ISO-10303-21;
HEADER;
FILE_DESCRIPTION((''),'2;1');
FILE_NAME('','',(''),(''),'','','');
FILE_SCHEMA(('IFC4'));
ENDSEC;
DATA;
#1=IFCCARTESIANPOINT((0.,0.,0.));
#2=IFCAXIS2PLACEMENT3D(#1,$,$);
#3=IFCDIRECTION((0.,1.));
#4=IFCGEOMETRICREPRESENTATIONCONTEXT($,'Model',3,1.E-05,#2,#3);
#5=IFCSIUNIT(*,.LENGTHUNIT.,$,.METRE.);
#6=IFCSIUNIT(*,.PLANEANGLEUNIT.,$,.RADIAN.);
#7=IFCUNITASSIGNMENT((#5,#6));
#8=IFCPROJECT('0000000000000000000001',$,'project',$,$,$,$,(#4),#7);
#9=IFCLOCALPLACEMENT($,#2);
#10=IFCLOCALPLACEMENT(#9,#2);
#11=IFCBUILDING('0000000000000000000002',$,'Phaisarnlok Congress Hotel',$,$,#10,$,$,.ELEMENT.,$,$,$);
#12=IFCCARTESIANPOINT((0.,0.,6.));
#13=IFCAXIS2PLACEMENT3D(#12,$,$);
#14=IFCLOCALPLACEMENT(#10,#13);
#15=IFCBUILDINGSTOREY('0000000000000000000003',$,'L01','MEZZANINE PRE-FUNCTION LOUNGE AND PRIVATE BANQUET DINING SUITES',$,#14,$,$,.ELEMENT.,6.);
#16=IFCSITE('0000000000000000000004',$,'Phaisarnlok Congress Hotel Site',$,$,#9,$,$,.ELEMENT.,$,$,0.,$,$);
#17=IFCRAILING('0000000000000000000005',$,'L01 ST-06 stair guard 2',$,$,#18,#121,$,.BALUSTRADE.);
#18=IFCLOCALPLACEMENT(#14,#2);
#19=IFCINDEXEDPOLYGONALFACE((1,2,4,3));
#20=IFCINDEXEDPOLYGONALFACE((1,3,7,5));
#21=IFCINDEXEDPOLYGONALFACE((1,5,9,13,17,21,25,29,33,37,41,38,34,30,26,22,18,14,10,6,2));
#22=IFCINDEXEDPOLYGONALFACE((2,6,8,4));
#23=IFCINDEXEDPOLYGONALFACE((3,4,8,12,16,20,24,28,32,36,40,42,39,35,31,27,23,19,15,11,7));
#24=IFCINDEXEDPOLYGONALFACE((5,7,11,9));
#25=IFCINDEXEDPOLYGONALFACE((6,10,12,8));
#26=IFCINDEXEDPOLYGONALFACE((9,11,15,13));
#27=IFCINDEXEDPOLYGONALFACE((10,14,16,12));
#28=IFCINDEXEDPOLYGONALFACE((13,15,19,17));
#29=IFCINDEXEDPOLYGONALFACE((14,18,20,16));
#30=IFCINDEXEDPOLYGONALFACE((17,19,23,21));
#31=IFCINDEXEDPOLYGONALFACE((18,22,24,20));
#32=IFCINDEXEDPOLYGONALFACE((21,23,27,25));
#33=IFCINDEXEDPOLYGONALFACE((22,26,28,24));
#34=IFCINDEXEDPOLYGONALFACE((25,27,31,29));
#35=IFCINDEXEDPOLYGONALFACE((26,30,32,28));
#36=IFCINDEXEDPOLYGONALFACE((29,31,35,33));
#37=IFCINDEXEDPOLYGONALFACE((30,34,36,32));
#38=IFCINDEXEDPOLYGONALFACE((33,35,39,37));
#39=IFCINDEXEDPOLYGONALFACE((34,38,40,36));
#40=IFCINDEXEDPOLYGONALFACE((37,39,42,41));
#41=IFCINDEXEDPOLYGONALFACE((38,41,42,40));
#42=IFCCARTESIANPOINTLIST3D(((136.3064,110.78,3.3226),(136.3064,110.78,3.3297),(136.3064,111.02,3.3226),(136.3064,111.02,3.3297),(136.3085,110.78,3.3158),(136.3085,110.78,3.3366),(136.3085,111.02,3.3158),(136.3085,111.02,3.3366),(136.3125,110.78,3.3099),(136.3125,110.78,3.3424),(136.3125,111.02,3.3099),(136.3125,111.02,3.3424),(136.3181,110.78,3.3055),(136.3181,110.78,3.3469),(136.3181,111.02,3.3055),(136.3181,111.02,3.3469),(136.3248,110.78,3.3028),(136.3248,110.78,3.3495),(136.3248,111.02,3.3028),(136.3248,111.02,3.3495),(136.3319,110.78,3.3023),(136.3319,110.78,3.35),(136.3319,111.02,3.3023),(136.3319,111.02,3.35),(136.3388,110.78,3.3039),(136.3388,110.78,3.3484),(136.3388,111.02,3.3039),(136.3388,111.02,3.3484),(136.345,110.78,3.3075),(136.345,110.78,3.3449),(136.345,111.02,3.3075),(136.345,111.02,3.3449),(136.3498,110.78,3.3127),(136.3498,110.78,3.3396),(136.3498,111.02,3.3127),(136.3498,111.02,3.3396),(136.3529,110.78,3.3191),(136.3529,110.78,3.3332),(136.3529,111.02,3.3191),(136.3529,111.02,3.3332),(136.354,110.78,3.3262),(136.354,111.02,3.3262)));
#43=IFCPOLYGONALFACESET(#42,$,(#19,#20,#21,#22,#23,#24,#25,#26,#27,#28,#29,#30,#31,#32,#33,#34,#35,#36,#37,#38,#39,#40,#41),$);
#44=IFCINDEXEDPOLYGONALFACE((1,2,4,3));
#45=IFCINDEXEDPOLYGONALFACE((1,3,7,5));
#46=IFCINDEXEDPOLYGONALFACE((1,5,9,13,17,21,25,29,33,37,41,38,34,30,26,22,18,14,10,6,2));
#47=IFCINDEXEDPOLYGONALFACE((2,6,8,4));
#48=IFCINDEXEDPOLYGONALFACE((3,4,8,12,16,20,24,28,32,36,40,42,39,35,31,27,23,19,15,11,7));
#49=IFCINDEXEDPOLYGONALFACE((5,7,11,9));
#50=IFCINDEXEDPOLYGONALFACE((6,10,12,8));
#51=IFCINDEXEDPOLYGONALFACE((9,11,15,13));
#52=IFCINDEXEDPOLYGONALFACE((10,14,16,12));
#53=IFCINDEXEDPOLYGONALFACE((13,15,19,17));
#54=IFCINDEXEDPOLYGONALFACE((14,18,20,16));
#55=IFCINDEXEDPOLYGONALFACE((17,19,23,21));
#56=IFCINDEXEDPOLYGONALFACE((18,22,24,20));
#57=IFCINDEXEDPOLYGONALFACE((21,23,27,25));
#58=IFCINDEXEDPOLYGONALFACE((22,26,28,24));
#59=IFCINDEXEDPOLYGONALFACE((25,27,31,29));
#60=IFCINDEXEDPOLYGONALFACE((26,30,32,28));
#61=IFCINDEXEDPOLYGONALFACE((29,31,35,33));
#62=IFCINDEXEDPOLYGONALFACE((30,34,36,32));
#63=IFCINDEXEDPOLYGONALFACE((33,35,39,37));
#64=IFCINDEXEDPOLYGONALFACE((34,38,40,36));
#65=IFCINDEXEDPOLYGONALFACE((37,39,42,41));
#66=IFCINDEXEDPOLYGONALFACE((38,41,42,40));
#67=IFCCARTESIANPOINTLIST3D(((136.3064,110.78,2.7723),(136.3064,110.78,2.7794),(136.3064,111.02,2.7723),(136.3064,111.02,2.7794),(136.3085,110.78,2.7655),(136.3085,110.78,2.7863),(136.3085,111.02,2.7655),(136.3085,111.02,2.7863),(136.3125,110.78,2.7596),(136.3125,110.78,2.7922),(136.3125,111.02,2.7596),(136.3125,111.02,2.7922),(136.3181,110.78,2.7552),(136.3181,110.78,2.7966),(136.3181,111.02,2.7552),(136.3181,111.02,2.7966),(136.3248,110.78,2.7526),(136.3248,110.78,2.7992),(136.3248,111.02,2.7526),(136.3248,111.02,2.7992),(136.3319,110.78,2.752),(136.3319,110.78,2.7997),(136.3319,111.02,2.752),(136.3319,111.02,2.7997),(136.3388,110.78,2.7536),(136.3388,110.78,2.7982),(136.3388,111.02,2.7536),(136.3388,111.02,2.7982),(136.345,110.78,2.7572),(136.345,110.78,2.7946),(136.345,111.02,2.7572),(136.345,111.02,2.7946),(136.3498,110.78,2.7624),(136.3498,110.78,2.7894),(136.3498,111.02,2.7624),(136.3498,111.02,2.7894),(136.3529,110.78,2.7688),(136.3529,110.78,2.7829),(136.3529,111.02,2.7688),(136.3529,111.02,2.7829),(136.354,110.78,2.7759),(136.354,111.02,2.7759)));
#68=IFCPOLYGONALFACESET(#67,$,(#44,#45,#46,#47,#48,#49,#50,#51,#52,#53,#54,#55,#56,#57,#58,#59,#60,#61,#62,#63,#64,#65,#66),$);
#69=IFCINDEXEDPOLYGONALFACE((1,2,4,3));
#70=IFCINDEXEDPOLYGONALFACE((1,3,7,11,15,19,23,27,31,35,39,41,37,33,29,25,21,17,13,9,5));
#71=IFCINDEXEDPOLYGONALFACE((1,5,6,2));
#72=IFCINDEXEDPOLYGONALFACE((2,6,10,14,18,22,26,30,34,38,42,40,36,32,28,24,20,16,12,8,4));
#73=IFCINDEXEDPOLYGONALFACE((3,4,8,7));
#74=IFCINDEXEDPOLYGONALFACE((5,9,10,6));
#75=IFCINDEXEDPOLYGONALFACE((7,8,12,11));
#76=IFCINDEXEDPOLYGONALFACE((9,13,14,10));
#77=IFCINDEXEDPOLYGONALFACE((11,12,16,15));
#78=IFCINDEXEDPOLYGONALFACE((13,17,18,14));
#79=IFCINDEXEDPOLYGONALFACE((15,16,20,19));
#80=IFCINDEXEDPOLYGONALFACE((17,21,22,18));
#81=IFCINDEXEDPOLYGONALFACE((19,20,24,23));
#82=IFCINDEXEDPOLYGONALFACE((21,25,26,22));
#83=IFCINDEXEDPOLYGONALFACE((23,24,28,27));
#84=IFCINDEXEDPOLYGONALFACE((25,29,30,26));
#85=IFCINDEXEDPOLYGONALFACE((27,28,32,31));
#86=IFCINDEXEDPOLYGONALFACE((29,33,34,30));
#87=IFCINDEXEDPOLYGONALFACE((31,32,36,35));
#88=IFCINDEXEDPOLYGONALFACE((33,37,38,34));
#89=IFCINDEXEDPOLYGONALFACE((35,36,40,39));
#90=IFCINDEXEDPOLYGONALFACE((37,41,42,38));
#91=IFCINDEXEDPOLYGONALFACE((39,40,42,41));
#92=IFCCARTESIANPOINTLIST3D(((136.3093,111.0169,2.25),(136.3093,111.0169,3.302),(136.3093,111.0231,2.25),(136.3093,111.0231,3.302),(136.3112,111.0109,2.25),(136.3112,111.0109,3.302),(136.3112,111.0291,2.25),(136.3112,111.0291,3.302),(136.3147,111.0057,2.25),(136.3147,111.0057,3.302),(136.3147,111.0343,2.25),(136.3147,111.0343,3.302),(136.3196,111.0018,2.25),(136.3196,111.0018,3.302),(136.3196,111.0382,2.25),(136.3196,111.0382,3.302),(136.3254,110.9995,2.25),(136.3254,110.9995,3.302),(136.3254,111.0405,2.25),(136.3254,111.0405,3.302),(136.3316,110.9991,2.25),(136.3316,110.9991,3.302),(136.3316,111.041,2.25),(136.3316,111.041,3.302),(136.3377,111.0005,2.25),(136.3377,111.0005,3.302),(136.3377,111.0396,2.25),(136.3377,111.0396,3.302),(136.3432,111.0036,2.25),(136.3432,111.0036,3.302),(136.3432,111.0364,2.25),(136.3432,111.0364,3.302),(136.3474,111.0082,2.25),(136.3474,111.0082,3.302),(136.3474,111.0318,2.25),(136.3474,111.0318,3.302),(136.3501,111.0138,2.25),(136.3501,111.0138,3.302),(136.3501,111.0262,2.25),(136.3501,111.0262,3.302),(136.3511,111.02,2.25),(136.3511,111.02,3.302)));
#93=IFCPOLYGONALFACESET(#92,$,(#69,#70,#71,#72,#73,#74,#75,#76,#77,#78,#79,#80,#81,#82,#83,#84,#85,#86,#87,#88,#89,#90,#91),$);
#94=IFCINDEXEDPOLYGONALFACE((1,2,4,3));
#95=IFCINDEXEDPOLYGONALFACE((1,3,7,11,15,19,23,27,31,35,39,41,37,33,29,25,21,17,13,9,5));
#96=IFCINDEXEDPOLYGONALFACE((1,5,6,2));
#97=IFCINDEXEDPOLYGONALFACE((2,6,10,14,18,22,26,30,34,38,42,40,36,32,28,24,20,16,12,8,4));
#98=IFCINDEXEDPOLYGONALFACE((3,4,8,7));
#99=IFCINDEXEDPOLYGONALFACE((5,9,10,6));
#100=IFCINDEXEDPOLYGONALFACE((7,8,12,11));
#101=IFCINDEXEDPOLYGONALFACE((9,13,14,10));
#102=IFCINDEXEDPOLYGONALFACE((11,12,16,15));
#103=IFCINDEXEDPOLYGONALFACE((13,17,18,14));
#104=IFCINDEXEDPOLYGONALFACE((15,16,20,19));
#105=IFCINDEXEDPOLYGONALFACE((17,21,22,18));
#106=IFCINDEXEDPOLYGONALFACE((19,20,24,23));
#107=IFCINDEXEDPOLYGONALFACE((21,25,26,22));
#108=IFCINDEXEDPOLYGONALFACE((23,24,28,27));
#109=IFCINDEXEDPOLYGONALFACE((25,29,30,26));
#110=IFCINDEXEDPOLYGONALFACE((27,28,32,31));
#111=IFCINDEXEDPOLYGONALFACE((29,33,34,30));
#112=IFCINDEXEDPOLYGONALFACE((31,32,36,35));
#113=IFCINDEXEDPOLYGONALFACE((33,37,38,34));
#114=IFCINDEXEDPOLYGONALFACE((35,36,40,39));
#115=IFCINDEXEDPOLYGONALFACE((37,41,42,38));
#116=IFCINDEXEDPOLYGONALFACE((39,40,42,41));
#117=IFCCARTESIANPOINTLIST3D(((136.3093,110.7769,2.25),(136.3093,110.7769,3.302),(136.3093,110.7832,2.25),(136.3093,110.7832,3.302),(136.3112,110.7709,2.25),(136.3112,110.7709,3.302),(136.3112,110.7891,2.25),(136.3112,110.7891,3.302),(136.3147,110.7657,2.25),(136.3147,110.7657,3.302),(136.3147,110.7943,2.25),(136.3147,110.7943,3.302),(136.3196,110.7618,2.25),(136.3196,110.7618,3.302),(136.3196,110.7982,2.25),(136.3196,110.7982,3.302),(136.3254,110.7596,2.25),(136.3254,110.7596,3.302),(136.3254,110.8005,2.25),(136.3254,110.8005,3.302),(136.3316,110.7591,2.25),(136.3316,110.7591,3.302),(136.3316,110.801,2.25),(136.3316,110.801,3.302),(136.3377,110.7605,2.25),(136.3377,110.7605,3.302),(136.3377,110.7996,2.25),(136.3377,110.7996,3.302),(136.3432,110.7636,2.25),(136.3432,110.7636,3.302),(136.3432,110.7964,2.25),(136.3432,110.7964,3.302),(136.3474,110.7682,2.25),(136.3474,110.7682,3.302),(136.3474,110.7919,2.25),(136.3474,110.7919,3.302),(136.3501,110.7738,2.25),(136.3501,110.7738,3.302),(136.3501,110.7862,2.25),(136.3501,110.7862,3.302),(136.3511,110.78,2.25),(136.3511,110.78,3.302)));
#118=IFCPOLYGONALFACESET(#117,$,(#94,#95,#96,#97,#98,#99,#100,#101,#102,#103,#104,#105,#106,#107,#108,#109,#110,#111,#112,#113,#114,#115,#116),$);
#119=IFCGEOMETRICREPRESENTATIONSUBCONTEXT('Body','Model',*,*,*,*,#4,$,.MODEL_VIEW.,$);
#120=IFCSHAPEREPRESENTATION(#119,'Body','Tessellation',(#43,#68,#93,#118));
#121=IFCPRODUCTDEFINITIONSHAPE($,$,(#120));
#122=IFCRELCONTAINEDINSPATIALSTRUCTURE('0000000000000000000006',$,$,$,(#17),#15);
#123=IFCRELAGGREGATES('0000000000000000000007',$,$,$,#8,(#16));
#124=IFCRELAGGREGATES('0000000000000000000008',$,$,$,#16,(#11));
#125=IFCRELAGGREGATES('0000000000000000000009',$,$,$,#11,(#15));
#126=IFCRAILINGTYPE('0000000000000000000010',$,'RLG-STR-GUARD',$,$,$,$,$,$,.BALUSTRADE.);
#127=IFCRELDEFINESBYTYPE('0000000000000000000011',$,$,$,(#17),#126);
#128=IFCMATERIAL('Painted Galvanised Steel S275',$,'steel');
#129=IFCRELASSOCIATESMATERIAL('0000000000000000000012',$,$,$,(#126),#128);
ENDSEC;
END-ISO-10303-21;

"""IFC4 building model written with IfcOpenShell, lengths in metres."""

from ifc_helpers import new_model, si_unit, direction, frame, origin, origin_2d, place, context, subcontext, project, spatial, circle, extrude, material, type_object, element, save


model = new_model("IFC4")

# Units and contexts
model_context = context("Model", 3, precision=1e-05, world=origin(), true_north=direction((0.0, 1.0)))
body_context = subcontext(model_context, "Body", "Model", "MODEL_VIEW")
ifc_project = project(units=[si_unit("LENGTHUNIT", "METRE"), si_unit("PLANEANGLEUNIT", "RADIAN")], contexts=[model_context])

# Site, building, storey
site_placement = place(None, origin())
site = spatial("IfcSite", under=ifc_project, at=site_placement, Name="Phaisarnlok Congress Hotel Site", CompositionType="ELEMENT", RefElevation=0.0)
building_placement = place(site_placement, origin())
building = spatial("IfcBuilding", under=site, at=building_placement, Name="Phaisarnlok Congress Hotel", CompositionType="ELEMENT")
storey_placement = place(building_placement, frame((0.0, 0.0, 6.0)))
storey = spatial("IfcBuildingStorey", under=building, at=storey_placement, Name="L01", Description="MEZZANINE PRE-FUNCTION LOUNGE AND PRIVATE BANQUET DINING SUITES", CompositionType="ELEMENT", Elevation=6.0)

# Railing
ifc_material_1 = material(Name="Painted Galvanised Steel S275", Category="steel")
railing_type_1 = type_object("IfcRailingType", Name="RLG-STR-GUARD", PredefinedType="BALUSTRADE", material=ifc_material_1)
railing_1_placement = place(storey_placement, frame((136.3301, 111.02, 2.25)))
element("IfcRailing", 1, at=railing_1_placement, inside=storey, type_object=railing_type_1, Name="L01 ST-06 stair guard 2", PredefinedType="BALUSTRADE", context=body_context, shape_type="SweptSolid", body=[
    extrude(circle(Radius=0.0239, at=origin_2d()), frame((0.0, 0.0, 1.0762), z_axis=(0.0, -1.0, 0.0), x_axis=(1.0, 0.0, 0.0)), (0.0, 0.0, 1.0), 0.24),
    extrude(circle(Radius=0.0239, at=origin_2d()), frame((0.0, 0.0, 0.5259), z_axis=(0.0, -1.0, 0.0), x_axis=(1.0, 0.0, 0.0)), (0.0, 0.0, 1.0), 0.24),
    extrude(circle(Radius=0.021, at=origin_2d()), origin(), (0.0, 0.0, 1.0), 1.052),
    extrude(circle(Radius=0.021, at=origin_2d()), frame((0.0, -0.24, 0.0)), (0.0, 0.0, 1.0), 1.052),
])

save(model, "model.ifc")
